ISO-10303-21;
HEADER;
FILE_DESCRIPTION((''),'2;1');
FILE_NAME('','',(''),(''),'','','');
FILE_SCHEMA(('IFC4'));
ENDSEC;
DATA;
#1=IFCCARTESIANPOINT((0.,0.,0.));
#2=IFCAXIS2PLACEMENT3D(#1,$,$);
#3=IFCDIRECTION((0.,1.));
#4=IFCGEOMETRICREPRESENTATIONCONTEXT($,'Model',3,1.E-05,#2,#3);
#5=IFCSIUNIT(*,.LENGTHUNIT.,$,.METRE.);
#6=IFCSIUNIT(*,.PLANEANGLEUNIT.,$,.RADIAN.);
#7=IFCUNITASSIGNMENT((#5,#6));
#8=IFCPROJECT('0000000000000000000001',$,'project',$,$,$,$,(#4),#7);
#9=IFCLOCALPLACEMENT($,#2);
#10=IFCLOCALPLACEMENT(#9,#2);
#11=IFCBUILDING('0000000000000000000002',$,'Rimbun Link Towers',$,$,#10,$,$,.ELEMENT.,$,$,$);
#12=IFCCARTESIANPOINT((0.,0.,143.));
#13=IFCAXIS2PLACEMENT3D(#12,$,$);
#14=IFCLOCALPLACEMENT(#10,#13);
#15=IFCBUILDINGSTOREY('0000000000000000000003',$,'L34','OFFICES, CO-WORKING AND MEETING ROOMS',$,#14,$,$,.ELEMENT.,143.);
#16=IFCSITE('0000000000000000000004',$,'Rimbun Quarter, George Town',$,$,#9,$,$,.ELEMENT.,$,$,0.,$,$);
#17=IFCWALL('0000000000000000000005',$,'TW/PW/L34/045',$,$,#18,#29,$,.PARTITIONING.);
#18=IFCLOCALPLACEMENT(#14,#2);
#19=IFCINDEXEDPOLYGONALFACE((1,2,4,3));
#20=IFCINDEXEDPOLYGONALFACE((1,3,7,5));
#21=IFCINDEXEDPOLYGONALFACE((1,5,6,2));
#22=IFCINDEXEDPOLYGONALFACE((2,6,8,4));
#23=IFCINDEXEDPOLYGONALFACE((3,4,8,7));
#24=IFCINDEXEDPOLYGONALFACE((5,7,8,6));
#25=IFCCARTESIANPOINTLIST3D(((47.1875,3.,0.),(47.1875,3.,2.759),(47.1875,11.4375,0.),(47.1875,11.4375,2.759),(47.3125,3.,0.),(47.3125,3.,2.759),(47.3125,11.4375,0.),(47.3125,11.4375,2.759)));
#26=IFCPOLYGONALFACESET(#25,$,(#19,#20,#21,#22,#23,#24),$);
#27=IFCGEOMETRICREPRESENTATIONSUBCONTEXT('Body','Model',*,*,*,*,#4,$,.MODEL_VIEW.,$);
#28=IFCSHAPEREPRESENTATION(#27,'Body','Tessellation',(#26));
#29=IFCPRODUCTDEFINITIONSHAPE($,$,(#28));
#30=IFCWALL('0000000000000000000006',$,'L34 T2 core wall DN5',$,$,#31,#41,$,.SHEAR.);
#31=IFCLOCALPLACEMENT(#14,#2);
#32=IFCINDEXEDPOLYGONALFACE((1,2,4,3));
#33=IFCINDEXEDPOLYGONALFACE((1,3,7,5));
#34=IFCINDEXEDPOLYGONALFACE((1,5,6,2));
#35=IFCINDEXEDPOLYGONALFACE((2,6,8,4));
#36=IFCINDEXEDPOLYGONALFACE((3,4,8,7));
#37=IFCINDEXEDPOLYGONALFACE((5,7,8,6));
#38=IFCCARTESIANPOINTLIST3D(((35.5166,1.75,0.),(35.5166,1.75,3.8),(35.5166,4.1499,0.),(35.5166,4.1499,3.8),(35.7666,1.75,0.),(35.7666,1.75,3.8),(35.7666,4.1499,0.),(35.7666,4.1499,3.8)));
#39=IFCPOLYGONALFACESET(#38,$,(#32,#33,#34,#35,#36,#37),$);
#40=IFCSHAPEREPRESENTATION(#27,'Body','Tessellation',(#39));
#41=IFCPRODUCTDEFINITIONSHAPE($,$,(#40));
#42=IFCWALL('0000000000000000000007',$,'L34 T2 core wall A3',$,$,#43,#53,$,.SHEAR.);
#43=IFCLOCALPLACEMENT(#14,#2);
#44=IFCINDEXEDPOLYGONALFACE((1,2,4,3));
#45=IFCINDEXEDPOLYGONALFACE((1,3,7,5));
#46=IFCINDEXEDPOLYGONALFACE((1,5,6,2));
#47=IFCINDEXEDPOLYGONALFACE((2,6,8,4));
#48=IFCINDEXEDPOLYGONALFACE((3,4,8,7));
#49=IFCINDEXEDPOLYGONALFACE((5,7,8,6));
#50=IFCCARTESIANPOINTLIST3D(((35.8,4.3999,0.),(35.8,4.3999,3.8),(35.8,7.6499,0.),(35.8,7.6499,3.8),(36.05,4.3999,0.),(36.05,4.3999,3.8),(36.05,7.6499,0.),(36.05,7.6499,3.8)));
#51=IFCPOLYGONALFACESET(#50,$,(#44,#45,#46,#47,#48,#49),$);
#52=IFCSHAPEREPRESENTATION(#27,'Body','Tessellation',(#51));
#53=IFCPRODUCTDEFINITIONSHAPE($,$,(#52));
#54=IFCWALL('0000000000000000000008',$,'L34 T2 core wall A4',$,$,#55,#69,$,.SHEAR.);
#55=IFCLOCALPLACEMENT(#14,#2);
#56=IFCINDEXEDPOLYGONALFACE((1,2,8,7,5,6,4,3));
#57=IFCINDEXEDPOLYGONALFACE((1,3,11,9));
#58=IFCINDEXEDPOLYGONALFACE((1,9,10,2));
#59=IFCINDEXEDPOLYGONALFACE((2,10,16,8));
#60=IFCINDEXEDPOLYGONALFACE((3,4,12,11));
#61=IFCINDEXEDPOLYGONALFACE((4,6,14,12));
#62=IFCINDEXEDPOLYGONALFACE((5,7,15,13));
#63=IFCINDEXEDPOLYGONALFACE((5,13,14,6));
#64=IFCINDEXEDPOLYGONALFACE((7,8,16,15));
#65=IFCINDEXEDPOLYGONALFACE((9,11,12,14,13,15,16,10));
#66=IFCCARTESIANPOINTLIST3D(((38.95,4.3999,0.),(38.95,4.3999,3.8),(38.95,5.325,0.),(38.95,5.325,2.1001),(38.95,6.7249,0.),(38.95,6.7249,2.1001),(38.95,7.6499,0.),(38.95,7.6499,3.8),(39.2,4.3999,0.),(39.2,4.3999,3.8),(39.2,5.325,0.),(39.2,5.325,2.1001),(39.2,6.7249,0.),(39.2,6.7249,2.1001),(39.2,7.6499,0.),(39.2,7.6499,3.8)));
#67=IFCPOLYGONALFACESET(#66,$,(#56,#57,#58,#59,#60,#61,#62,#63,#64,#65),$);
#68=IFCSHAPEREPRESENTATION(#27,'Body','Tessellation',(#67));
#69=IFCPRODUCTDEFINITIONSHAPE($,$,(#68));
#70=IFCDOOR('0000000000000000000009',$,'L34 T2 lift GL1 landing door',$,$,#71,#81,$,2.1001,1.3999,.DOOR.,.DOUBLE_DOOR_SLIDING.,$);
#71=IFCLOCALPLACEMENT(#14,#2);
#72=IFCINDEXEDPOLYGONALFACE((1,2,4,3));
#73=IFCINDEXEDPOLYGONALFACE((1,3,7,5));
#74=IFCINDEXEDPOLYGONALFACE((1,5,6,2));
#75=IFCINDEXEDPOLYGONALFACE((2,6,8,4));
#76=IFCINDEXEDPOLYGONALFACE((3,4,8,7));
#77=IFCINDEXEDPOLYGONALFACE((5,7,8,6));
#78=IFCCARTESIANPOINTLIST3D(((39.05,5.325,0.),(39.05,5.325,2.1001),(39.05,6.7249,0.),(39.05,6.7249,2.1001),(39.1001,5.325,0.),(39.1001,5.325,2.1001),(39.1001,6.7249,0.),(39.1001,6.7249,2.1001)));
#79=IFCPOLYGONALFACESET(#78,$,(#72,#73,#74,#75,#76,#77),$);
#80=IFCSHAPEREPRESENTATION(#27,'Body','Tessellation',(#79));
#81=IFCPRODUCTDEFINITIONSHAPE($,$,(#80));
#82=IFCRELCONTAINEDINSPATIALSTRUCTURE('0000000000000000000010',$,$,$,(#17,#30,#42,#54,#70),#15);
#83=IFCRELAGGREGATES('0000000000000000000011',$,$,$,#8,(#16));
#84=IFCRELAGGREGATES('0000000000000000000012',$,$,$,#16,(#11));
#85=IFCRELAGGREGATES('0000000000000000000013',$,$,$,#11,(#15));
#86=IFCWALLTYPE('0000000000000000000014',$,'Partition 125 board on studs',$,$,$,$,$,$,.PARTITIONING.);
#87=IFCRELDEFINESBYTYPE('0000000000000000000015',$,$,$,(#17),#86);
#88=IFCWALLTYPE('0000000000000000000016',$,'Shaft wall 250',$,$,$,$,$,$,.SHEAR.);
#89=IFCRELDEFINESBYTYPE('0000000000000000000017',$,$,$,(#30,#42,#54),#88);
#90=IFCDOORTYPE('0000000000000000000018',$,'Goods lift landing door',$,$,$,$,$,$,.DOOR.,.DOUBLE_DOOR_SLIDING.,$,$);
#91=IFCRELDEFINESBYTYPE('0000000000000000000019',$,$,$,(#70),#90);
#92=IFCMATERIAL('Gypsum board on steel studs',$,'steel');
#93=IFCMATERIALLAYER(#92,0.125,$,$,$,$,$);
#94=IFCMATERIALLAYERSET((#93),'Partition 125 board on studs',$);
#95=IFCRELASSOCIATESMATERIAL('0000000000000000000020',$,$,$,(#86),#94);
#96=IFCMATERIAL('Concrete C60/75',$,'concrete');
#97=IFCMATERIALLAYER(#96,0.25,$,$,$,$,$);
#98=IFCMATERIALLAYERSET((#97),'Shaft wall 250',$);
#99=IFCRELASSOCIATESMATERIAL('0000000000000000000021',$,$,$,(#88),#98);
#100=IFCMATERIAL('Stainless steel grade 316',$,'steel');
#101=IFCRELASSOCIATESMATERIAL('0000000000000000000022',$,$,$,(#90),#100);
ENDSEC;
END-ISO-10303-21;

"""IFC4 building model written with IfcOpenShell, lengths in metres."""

from ifc_helpers import new_model, si_unit, direction, frame, frame_2d, origin, place, context, subcontext, project, spatial, rectangle, extrude, material, layer, layer_set, type_object, element, fill, save


model = new_model("IFC4")

# Units and contexts
model_context = context("Model", 3, precision=1e-05, world=origin(), true_north=direction((0.0, 1.0)))
body_context = subcontext(model_context, "Body", "Model", "MODEL_VIEW")
ifc_project = project(units=[si_unit("LENGTHUNIT", "METRE"), si_unit("PLANEANGLEUNIT", "RADIAN")], contexts=[model_context])

# Site, building, storey
site_placement = place(None, origin())
site = spatial("IfcSite", under=ifc_project, at=site_placement, Name="Rimbun Quarter, George Town", CompositionType="ELEMENT", RefElevation=0.0)
building_placement = place(site_placement, origin())
building = spatial("IfcBuilding", under=site, at=building_placement, Name="Rimbun Link Towers", CompositionType="ELEMENT")
storey_placement = place(building_placement, frame((0.0, 0.0, 143.0)))
storey = spatial("IfcBuildingStorey", under=building, at=storey_placement, Name="L34", Description="OFFICES, CO-WORKING AND MEETING ROOMS", CompositionType="ELEMENT", Elevation=143.0)

# Walls
ifc_material_1 = material(Name="Gypsum board on steel studs", Category="steel")
ifc_layer_1 = layer(ifc_material_1, 0.125)
ifc_layer_set_1 = layer_set([ifc_layer_1], Name="Partition 125 board on studs")
wall_type_1 = type_object("IfcWallType", Name="Partition 125 board on studs", PredefinedType="PARTITIONING", material=ifc_layer_set_1)
wall_1_placement = place(storey_placement, frame((47.25, 3.0, 0.0), z_axis=(0.0, 0.0, 1.0), x_axis=(0.0, 1.0, 0.0)))
element("IfcWall", 1, at=wall_1_placement, inside=storey, type_object=wall_type_1, Name="TW/PW/L34/045", PredefinedType="PARTITIONING", context=body_context, shape_type="SweptSolid", body=[
    extrude(rectangle(XDim=8.4375, YDim=0.125, at=frame_2d((4.2188, 0.0))), origin(), (0.0, 0.0, 1.0), 2.759),
])
ifc_material_2 = material(Name="Concrete C60/75", Category="concrete")
ifc_layer_2 = layer(ifc_material_2, 0.25)
ifc_layer_set_2 = layer_set([ifc_layer_2], Name="Shaft wall 250")
wall_type_2 = type_object("IfcWallType", Name="Shaft wall 250", PredefinedType="SHEAR", material=ifc_layer_set_2)
wall_2_placement = place(storey_placement, frame((35.6416, 1.75, 0.0), z_axis=(0.0, 0.0, 1.0), x_axis=(0.0, 1.0, 0.0)))
element("IfcWall", 2, at=wall_2_placement, inside=storey, type_object=wall_type_2, Name="L34 T2 core wall DN5", PredefinedType="SHEAR", context=body_context, shape_type="SweptSolid", body=[
    extrude(rectangle(XDim=2.3999, YDim=0.25, at=frame_2d((1.2, 0.0))), origin(), (0.0, 0.0, 1.0), 3.8),
])
wall_3_placement = place(storey_placement, frame((35.925, 4.3999, 0.0), z_axis=(0.0, 0.0, 1.0), x_axis=(0.0, 1.0, 0.0)))
element("IfcWall", 3, at=wall_3_placement, inside=storey, type_object=wall_type_2, Name="L34 T2 core wall A3", PredefinedType="SHEAR", context=body_context, shape_type="SweptSolid", body=[
    extrude(rectangle(XDim=3.25, YDim=0.25, at=frame_2d((1.625, 0.0))), origin(), (0.0, 0.0, 1.0), 3.8),
])

# Wall, opening, door
wall_4_placement = place(storey_placement, frame((39.075, 4.3999, 0.0), z_axis=(0.0, 0.0, 1.0), x_axis=(0.0, 1.0, 0.0)))
wall_4 = element("IfcWall", 4, at=wall_4_placement, inside=storey, type_object=wall_type_2, Name="L34 T2 core wall A4", PredefinedType="SHEAR", context=body_context, shape_type="SweptSolid", body=[
    extrude(rectangle(XDim=3.25, YDim=0.25, at=frame_2d((1.625, 0.0))), origin(), (0.0, 0.0, 1.0), 3.8),
])
opening_1_placement = place(wall_4_placement, frame((0.925, 0.0, 0.0)))
opening_1 = element("IfcOpeningElement", 5, at=opening_1_placement, cuts=wall_4, PredefinedType="OPENING", context=body_context, shape_type="SweptSolid", body=[
    extrude(rectangle(XDim=1.3999, YDim=2.1001, at=frame_2d((0.7, 1.05))), frame((0.0, 0.135, 0.0), z_axis=(0.0, -1.0, 0.0), x_axis=(1.0, 0.0, 0.0)), (0.0, 0.0, 1.0), 0.27),
])
ifc_material_3 = material(Name="Stainless steel grade 316", Category="steel")
door_type = type_object("IfcDoorType", Name="Goods lift landing door", OperationType="DOUBLE_DOOR_SLIDING", PredefinedType="DOOR", material=ifc_material_3)
door_placement = place(opening_1_placement, origin())
door = element("IfcDoor", 6, at=door_placement, inside=storey, type_object=door_type, Name="L34 T2 lift GL1 landing door", OperationType="DOUBLE_DOOR_SLIDING", OverallHeight=2.1001, OverallWidth=1.3999, PredefinedType="DOOR", context=body_context, shape_type="SweptSolid", body=[
    extrude(rectangle(XDim=1.3999, YDim=2.1001, at=frame_2d((0.7, 1.05))), frame((0.0, 0.0249, 0.0), z_axis=(0.0, -1.0, 0.0), x_axis=(1.0, 0.0, 0.0)), (0.0, 0.0, 1.0), 0.05),
])
fill(opening_1, door)

save(model, "model.ifc")
